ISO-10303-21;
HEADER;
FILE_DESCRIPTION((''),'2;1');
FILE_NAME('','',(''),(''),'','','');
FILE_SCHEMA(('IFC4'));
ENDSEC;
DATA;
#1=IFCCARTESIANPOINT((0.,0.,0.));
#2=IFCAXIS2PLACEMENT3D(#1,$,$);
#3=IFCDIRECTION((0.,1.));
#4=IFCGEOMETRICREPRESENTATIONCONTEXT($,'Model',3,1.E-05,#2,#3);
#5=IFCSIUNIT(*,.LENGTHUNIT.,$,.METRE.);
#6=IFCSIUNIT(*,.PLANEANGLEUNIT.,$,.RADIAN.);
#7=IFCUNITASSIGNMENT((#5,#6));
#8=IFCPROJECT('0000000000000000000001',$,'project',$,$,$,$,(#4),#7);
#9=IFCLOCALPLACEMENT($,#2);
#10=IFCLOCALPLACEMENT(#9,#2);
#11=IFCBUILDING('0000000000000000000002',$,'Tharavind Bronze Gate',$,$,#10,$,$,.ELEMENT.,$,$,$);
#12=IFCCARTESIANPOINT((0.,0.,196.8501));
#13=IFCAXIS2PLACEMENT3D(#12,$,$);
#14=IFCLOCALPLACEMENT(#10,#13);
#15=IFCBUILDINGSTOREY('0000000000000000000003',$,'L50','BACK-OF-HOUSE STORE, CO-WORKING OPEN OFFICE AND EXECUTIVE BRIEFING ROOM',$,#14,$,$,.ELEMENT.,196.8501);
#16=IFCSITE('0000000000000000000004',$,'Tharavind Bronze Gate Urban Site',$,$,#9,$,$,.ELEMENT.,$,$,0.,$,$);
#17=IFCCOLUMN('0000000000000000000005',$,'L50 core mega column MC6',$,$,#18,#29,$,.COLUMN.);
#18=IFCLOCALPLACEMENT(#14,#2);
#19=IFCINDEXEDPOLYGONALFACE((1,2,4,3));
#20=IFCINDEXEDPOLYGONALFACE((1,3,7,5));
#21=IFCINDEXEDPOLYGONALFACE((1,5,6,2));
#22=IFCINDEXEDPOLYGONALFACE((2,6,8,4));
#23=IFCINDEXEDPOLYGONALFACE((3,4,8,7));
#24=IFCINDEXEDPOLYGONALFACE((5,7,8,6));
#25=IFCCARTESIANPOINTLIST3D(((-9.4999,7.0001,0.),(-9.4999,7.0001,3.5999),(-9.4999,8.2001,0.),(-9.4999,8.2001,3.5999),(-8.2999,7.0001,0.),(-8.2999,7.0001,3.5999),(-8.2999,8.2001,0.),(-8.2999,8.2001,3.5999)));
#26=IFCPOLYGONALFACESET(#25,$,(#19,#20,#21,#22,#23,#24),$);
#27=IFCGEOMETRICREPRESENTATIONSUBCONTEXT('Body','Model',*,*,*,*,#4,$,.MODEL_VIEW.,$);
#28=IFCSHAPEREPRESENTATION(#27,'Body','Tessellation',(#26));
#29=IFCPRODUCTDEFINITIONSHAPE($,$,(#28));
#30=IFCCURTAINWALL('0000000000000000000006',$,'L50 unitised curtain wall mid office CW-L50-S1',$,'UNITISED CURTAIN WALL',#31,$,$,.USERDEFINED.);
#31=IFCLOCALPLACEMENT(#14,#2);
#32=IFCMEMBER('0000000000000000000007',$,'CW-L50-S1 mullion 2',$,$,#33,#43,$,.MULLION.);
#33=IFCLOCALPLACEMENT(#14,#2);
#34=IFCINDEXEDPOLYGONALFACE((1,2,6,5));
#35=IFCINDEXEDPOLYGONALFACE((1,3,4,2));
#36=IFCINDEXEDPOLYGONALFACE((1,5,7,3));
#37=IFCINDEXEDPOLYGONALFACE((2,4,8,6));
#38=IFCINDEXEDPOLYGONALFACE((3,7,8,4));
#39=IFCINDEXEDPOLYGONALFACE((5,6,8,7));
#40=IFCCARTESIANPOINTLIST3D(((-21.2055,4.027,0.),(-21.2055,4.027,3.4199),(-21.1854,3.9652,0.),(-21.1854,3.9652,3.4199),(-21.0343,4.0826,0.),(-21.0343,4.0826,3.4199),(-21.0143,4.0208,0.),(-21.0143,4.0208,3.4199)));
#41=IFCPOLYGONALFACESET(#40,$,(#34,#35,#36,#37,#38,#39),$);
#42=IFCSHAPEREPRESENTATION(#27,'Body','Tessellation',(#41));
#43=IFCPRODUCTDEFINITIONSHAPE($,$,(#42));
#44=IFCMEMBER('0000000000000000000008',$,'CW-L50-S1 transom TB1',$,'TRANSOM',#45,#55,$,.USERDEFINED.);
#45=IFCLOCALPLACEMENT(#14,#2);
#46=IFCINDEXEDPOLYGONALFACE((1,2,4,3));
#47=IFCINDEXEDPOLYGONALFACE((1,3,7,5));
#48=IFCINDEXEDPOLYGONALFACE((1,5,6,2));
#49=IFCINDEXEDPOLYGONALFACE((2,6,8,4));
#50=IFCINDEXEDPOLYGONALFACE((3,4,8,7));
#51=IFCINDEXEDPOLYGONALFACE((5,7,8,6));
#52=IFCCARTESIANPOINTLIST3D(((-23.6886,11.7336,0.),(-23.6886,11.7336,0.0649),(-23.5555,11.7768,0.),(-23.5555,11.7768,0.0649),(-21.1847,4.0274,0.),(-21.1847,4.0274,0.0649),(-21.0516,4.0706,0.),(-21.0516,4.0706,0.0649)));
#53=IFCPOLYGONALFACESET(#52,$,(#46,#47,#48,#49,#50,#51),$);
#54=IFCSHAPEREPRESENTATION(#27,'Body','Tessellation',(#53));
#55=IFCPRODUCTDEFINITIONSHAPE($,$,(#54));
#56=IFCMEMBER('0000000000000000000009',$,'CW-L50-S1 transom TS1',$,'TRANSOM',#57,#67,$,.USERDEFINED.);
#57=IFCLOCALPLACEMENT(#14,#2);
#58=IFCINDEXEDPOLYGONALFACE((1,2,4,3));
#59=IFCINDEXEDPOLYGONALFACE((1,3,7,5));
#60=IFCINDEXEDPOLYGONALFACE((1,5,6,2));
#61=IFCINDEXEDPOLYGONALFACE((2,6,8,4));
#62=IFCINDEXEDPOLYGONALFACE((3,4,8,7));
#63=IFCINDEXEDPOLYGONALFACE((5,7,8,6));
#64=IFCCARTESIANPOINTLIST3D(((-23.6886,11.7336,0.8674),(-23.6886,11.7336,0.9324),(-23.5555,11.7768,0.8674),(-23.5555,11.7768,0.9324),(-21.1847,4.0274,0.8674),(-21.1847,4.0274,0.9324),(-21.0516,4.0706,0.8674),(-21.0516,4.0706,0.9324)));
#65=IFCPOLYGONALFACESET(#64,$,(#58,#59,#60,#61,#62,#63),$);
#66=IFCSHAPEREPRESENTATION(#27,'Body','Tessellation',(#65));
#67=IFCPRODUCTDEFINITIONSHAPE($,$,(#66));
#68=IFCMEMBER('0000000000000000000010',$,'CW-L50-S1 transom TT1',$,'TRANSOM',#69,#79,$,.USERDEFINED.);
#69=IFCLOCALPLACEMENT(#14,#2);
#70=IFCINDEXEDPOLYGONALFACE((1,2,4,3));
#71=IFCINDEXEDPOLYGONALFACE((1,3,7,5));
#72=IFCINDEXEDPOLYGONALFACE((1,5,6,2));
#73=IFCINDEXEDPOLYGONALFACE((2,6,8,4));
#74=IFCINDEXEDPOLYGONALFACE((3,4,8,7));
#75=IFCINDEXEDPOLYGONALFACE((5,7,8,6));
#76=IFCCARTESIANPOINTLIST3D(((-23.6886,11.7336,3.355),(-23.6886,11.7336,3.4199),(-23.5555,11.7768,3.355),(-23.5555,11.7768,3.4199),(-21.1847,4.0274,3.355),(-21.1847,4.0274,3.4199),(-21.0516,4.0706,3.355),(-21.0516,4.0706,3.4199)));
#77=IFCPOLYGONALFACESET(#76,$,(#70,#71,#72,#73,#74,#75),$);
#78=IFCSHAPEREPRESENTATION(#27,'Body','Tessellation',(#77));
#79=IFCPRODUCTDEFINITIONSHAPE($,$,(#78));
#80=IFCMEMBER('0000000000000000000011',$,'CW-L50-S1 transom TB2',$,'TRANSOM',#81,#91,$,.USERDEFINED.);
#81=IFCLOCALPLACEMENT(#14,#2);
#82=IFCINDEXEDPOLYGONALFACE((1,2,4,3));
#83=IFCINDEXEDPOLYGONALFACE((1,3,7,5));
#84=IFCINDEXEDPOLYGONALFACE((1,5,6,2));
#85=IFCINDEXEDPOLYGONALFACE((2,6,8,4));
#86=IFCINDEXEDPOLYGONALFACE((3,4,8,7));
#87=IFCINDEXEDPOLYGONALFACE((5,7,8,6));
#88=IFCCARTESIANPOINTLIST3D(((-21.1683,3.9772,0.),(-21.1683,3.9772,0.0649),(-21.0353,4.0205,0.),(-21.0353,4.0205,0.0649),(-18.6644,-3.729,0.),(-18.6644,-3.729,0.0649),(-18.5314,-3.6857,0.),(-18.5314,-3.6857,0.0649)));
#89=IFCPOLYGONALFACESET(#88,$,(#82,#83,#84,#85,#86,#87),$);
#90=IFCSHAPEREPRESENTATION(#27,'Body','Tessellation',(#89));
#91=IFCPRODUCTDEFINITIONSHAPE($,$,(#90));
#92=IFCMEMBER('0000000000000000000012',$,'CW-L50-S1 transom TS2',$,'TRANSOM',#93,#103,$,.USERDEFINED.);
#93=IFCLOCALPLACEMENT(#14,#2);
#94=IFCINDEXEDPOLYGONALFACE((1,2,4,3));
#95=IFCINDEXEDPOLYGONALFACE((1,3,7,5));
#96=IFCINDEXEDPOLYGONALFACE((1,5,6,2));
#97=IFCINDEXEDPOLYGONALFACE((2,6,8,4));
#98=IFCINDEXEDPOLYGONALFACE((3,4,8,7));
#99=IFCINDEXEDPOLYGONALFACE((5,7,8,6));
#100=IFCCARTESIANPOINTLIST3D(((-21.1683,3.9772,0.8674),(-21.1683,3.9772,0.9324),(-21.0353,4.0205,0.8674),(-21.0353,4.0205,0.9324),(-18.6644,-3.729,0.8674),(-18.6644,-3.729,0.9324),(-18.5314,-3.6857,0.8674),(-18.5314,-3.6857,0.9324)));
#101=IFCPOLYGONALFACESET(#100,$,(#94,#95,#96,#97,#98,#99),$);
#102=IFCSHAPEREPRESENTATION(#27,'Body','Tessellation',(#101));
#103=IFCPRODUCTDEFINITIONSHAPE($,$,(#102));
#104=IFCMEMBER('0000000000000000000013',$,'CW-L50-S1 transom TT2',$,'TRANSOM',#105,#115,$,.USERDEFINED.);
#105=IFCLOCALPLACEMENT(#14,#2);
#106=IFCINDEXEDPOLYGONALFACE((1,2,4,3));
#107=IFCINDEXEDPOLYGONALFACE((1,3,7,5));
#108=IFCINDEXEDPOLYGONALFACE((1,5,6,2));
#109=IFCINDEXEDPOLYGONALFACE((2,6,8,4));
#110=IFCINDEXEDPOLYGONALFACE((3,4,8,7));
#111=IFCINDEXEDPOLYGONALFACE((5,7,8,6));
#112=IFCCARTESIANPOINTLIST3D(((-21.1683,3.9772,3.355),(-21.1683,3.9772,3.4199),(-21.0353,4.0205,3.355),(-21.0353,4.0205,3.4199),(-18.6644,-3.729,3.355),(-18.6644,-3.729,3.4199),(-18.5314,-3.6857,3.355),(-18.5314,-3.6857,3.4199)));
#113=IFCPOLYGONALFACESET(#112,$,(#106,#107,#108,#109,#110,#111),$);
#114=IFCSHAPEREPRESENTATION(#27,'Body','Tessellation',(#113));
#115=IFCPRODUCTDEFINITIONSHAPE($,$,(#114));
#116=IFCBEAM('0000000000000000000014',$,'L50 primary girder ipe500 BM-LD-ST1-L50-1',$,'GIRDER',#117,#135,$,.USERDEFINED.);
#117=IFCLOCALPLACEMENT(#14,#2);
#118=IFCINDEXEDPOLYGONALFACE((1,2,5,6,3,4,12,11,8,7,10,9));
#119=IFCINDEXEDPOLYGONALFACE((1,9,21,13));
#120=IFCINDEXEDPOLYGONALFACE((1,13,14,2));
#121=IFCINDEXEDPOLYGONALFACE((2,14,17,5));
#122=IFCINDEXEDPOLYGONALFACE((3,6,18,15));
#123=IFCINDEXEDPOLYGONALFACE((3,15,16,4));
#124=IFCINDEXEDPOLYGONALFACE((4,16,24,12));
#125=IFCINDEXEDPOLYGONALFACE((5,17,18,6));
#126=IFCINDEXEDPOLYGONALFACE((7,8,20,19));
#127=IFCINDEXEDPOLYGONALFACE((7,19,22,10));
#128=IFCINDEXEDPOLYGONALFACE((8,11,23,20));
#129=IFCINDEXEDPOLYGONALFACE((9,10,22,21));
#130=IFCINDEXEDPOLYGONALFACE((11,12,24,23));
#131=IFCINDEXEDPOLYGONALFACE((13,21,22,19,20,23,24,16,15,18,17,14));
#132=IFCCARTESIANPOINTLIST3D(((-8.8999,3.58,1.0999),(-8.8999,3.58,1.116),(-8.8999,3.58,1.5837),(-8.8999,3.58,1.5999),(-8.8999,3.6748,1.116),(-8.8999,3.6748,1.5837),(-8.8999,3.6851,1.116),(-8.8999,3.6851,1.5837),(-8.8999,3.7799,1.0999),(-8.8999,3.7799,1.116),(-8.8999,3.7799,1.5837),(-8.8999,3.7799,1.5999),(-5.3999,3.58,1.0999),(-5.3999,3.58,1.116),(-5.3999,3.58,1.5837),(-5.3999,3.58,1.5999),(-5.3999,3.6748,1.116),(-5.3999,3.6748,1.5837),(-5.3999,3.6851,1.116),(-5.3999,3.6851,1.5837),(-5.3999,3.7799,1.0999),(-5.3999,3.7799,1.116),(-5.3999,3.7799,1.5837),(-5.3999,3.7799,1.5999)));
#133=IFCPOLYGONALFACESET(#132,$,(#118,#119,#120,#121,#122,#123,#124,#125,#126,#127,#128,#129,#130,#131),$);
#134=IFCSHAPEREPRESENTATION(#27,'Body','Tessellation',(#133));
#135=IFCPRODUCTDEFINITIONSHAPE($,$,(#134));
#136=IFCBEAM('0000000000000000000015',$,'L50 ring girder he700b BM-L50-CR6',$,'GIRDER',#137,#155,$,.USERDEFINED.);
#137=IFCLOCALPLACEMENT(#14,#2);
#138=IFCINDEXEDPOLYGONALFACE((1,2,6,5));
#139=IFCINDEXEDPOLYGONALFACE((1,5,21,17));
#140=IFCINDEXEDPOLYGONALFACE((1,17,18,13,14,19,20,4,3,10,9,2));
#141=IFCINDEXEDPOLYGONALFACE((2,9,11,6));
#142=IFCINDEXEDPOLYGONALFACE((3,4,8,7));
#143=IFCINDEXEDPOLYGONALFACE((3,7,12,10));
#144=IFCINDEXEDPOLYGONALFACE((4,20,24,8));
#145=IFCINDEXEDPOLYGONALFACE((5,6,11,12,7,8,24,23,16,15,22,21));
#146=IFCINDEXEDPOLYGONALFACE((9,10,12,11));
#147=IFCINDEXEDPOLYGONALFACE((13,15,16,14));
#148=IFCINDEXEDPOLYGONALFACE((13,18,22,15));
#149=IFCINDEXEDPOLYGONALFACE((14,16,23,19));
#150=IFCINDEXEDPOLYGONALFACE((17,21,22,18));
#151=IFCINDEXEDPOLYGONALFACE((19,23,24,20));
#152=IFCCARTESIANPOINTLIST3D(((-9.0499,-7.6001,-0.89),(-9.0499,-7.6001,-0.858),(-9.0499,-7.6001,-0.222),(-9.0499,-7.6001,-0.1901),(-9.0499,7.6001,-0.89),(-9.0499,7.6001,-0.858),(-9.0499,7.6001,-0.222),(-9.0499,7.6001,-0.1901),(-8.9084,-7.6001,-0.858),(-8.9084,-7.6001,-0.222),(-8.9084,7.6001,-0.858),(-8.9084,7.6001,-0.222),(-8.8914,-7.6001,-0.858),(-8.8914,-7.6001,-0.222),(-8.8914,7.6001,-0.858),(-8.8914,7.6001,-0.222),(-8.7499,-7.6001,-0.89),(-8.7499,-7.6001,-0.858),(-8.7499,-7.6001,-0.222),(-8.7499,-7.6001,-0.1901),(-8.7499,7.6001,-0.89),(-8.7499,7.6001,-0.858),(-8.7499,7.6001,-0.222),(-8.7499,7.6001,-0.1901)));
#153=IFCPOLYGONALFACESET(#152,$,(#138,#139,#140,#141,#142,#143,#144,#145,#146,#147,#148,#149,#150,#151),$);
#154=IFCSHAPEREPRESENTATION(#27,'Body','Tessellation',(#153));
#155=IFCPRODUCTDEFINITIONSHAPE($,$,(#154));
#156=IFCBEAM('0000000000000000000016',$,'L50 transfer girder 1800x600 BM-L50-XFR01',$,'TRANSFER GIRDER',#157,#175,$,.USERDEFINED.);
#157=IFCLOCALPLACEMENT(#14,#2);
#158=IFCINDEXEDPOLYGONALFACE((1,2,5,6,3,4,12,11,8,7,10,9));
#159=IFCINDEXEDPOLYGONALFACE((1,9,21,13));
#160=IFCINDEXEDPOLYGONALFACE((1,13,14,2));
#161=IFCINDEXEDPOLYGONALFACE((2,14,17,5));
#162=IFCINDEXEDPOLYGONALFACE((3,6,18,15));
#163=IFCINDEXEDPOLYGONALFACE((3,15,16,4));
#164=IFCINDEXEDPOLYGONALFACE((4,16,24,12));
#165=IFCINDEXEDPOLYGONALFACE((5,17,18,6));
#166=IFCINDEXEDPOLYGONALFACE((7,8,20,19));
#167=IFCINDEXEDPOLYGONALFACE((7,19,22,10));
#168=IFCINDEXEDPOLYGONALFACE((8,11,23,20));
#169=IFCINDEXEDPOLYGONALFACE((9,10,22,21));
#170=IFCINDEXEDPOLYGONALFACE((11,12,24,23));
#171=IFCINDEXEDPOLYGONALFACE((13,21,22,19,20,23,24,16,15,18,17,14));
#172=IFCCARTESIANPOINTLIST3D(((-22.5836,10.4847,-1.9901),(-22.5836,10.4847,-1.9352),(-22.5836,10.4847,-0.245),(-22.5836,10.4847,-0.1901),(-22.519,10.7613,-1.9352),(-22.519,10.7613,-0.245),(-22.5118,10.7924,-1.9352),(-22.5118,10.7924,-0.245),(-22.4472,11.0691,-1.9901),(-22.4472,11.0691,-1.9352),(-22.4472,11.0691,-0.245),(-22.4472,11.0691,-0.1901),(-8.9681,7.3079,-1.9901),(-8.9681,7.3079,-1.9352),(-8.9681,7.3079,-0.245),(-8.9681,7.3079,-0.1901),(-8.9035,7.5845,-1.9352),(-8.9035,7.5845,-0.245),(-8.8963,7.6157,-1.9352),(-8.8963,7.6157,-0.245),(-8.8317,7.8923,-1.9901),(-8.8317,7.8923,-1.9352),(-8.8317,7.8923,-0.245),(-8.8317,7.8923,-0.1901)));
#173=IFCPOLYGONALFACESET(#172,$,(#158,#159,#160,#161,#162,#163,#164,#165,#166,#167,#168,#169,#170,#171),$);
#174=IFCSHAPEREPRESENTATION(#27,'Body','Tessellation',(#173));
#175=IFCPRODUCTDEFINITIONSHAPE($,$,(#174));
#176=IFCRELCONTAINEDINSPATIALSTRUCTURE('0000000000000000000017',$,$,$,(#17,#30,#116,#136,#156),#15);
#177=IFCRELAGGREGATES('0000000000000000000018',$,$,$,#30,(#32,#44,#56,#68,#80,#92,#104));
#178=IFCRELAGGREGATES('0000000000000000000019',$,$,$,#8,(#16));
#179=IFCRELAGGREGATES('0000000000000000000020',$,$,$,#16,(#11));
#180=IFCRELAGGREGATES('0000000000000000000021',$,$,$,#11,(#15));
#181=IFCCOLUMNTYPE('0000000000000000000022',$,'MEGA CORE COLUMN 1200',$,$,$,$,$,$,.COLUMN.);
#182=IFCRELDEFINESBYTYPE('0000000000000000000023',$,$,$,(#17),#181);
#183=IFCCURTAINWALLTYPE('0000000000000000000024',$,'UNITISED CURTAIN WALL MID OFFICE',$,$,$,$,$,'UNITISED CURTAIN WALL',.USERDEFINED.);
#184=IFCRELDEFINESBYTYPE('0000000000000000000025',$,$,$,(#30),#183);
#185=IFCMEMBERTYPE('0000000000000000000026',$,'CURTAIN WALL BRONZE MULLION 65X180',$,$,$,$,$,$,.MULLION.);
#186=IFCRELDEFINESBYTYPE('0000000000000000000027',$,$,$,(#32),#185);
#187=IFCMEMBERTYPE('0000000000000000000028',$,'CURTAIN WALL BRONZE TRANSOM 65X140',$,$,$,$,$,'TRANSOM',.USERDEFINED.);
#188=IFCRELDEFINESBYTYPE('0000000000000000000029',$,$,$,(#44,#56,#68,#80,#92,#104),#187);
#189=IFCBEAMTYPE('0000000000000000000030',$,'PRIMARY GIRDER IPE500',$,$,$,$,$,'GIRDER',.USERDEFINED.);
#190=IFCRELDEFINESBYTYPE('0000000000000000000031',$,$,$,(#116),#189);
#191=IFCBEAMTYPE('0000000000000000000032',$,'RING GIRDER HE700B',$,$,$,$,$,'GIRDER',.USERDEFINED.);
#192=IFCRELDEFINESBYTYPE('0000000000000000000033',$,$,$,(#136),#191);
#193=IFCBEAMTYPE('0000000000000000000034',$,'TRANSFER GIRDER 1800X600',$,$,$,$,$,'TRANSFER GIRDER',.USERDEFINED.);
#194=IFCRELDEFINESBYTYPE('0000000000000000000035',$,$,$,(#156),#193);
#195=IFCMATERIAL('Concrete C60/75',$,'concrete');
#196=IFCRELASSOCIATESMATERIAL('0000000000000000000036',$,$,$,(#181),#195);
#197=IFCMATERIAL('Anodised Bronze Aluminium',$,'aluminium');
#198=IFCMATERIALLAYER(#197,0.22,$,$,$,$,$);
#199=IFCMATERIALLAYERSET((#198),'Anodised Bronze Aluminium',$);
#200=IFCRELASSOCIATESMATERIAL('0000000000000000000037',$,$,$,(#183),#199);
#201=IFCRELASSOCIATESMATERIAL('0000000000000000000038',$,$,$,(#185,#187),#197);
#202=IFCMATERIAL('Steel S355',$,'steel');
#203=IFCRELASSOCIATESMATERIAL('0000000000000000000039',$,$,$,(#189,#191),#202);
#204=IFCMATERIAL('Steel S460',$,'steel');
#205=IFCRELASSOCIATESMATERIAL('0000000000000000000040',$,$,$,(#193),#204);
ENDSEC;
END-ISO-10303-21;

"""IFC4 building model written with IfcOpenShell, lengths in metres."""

from ifc_helpers import new_model, si_unit, direction, frame, origin, origin_2d, place, context, subcontext, project, spatial, rectangle, i_section, extrude, material, layer, layer_set, material_profile, profile_set, type_object, element, aggregate, save


model = new_model("IFC4")

# Units and contexts
model_context = context("Model", 3, precision=1e-05, world=origin(), true_north=direction((0.0, 1.0)))
body_context = subcontext(model_context, "Body", "Model", "MODEL_VIEW")
ifc_project = project(units=[si_unit("LENGTHUNIT", "METRE"), si_unit("PLANEANGLEUNIT", "RADIAN")], contexts=[model_context])

# Site, building, storey
site_placement = place(None, origin())
site = spatial("IfcSite", under=ifc_project, at=site_placement, Name="Tharavind Bronze Gate Urban Site", CompositionType="ELEMENT", RefElevation=0.0)
building_placement = place(site_placement, origin())
building = spatial("IfcBuilding", under=site, at=building_placement, Name="Tharavind Bronze Gate", CompositionType="ELEMENT")
storey_placement = place(building_placement, frame((0.0, 0.0, 196.8501)))
storey = spatial("IfcBuildingStorey", under=building, at=storey_placement, Name="L50", Description="BACK-OF-HOUSE STORE, CO-WORKING OPEN OFFICE AND EXECUTIVE BRIEFING ROOM", CompositionType="ELEMENT", Elevation=196.8501)

# Column
ifc_material_1 = material(Name="Concrete C60/75", Category="concrete")
ifc_material_profile_1 = material_profile(ifc_material_1, rectangle(XDim=1.2, YDim=1.2, at=origin_2d()), Name="RCCOL1200")
ifc_profile_set_1 = profile_set([ifc_material_profile_1], Name="Concrete C60/75")
column_type = type_object("IfcColumnType", Name="MEGA CORE COLUMN 1200", PredefinedType="COLUMN", material=ifc_profile_set_1)
column_placement = place(storey_placement, frame((-8.8999, 7.6001, 0.0), z_axis=(0.0, 0.0, 1.0), x_axis=(1.0, 0.0, 0.0)))
element("IfcColumn", 1, at=column_placement, inside=storey, type_object=column_type, Name="L50 core mega column MC6", PredefinedType="COLUMN", context=body_context, shape_type="SweptSolid", body=[
    extrude(rectangle(XDim=1.2, YDim=1.2, at=origin_2d()), origin(), (0.0, 0.0, 1.0), 3.5999),
])

# Curtain wall, members
ifc_material_2 = material(Name="Anodised Bronze Aluminium", Category="aluminium")
ifc_layer_1 = layer(ifc_material_2, 0.22)
ifc_layer_set_1 = layer_set([ifc_layer_1], Name="Anodised Bronze Aluminium")
curtain_wall_type = type_object("IfcCurtainWallType", Name="UNITISED CURTAIN WALL MID OFFICE", ElementType="UNITISED CURTAIN WALL", PredefinedType="USERDEFINED", material=ifc_layer_set_1)
curtain_wall_placement = place(storey_placement, origin())
curtain_wall = element("IfcCurtainWall", 2, at=curtain_wall_placement, inside=storey, type_object=curtain_wall_type, Name="L50 unitised curtain wall mid office CW-L50-S1", ObjectType="UNITISED CURTAIN WALL", PredefinedType="USERDEFINED")
member_type_1 = type_object("IfcMemberType", Name="CURTAIN WALL BRONZE MULLION 65X180", PredefinedType="MULLION", material=ifc_material_2)
member_1_placement = place(storey_placement, frame((-21.1099, 4.0239, 0.0), z_axis=(0.0, 0.0, 1.0), x_axis=(0.309017, -0.951057, 0.0)))
member_1 = element("IfcMember", 3, at=member_1_placement, type_object=member_type_1, Name="CW-L50-S1 mullion 2", PredefinedType="MULLION", context=body_context, shape_type="SweptSolid", body=[
    extrude(rectangle(XDim=0.0649, YDim=0.1799, at=origin_2d()), origin(), (0.0, 0.0, 1.0), 3.4199),
])
member_type_2 = type_object("IfcMemberType", Name="CURTAIN WALL BRONZE TRANSOM 65X140", ElementType="TRANSOM", PredefinedType="USERDEFINED", material=ifc_material_2)
member_2_placement = place(storey_placement, frame((-22.3701, 7.9021, 0.0), z_axis=(0.0, 0.0, 1.0), x_axis=(0.309017, -0.951057, 0.0)))
member_2 = element("IfcMember", 4, at=member_2_placement, type_object=member_type_2, Name="CW-L50-S1 transom TB1", ObjectType="TRANSOM", PredefinedType="USERDEFINED", context=body_context, shape_type="SweptSolid", body=[
    extrude(rectangle(XDim=8.1028, YDim=0.1399, at=origin_2d()), origin(), (0.0, 0.0, 1.0), 0.0649),
])
member_3_placement = place(storey_placement, frame((-22.3701, 7.9021, 0.8674), z_axis=(0.0, 0.0, 1.0), x_axis=(0.309017, -0.951057, 0.0)))
member_3 = element("IfcMember", 5, at=member_3_placement, type_object=member_type_2, Name="CW-L50-S1 transom TS1", ObjectType="TRANSOM", PredefinedType="USERDEFINED", context=body_context, shape_type="SweptSolid", body=[
    extrude(rectangle(XDim=8.1028, YDim=0.1399, at=origin_2d()), origin(), (0.0, 0.0, 1.0), 0.0649),
])
member_4_placement = place(storey_placement, frame((-22.3701, 7.9021, 3.355), z_axis=(0.0, 0.0, 1.0), x_axis=(0.309017, -0.951057, 0.0)))
member_4 = element("IfcMember", 6, at=member_4_placement, type_object=member_type_2, Name="CW-L50-S1 transom TT1", ObjectType="TRANSOM", PredefinedType="USERDEFINED", context=body_context, shape_type="SweptSolid", body=[
    extrude(rectangle(XDim=8.1028, YDim=0.1399, at=origin_2d()), origin(), (0.0, 0.0, 1.0), 0.0649),
])
member_5_placement = place(storey_placement, frame((-19.8499, 0.1458, 0.0), z_axis=(0.0, 0.0, 1.0), x_axis=(0.309017, -0.951057, 0.0)))
member_5 = element("IfcMember", 7, at=member_5_placement, type_object=member_type_2, Name="CW-L50-S1 transom TB2", ObjectType="TRANSOM", PredefinedType="USERDEFINED", context=body_context, shape_type="SweptSolid", body=[
    extrude(rectangle(XDim=8.1028, YDim=0.1399, at=origin_2d()), origin(), (0.0, 0.0, 1.0), 0.0649),
])
member_6_placement = place(storey_placement, frame((-19.8499, 0.1458, 0.8674), z_axis=(0.0, 0.0, 1.0), x_axis=(0.309017, -0.951057, 0.0)))
member_6 = element("IfcMember", 8, at=member_6_placement, type_object=member_type_2, Name="CW-L50-S1 transom TS2", ObjectType="TRANSOM", PredefinedType="USERDEFINED", context=body_context, shape_type="SweptSolid", body=[
    extrude(rectangle(XDim=8.1028, YDim=0.1399, at=origin_2d()), origin(), (0.0, 0.0, 1.0), 0.0649),
])
member_7_placement = place(storey_placement, frame((-19.8499, 0.1458, 3.355), z_axis=(0.0, 0.0, 1.0), x_axis=(0.309017, -0.951057, 0.0)))
member_7 = element("IfcMember", 9, at=member_7_placement, type_object=member_type_2, Name="CW-L50-S1 transom TT2", ObjectType="TRANSOM", PredefinedType="USERDEFINED", context=body_context, shape_type="SweptSolid", body=[
    extrude(rectangle(XDim=8.1028, YDim=0.1399, at=origin_2d()), origin(), (0.0, 0.0, 1.0), 0.0649),
])

# Beams
ifc_material_3 = material(Name="Steel S355", Category="steel")
ifc_material_profile_2 = material_profile(ifc_material_3, i_section(OverallWidth=0.2, OverallDepth=0.5, WebThickness=0.0103, FlangeThickness=0.0161, at=origin_2d()), Name="IPE500")
ifc_profile_set_2 = profile_set([ifc_material_profile_2], Name="Steel S355")
beam_type_1 = type_object("IfcBeamType", Name="PRIMARY GIRDER IPE500", ElementType="GIRDER", PredefinedType="USERDEFINED", material=ifc_profile_set_2)
beam_1_placement = place(storey_placement, frame((-8.8999, 3.6799, 1.3499), z_axis=(1.0, 0.0, 0.0), x_axis=(0.0, 1.0, 0.0)))
element("IfcBeam", 10, at=beam_1_placement, inside=storey, type_object=beam_type_1, Name="L50 primary girder ipe500 BM-LD-ST1-L50-1", ObjectType="GIRDER", PredefinedType="USERDEFINED", context=body_context, shape_type="SweptSolid", body=[
    extrude(i_section(OverallWidth=0.2, OverallDepth=0.5, WebThickness=0.0103, FlangeThickness=0.0161, at=origin_2d()), origin(), (0.0, 0.0, 1.0), 3.5),
])
ifc_material_profile_3 = material_profile(ifc_material_3, i_section(OverallWidth=0.3, OverallDepth=0.7, WebThickness=0.0171, FlangeThickness=0.032, at=origin_2d()), Name="HE700B")
ifc_profile_set_3 = profile_set([ifc_material_profile_3], Name="Steel S355")
beam_type_2 = type_object("IfcBeamType", Name="RING GIRDER HE700B", ElementType="GIRDER", PredefinedType="USERDEFINED", material=ifc_profile_set_3)
beam_2_placement = place(storey_placement, frame((-8.8999, 7.6001, -0.54), z_axis=(0.0, -1.0, 0.0), x_axis=(1.0, 0.0, 0.0)))
element("IfcBeam", 11, at=beam_2_placement, inside=storey, type_object=beam_type_2, Name="L50 ring girder he700b BM-L50-CR6", ObjectType="GIRDER", PredefinedType="USERDEFINED", context=body_context, shape_type="SweptSolid", body=[
    extrude(i_section(OverallWidth=0.3, OverallDepth=0.7, WebThickness=0.0171, FlangeThickness=0.032, at=origin_2d()), origin(), (0.0, 0.0, 1.0), 15.2002),
])
ifc_material_4 = material(Name="Steel S460", Category="steel")
ifc_material_profile_4 = material_profile(ifc_material_4, i_section(OverallWidth=0.6001, OverallDepth=1.8, WebThickness=0.032, FlangeThickness=0.0549, at=origin_2d()), Name="PG1800X600")
ifc_profile_set_4 = profile_set([ifc_material_profile_4], Name="Steel S460")
beam_type_3 = type_object("IfcBeamType", Name="TRANSFER GIRDER 1800X600", ElementType="TRANSFER GIRDER", PredefinedType="USERDEFINED", material=ifc_profile_set_4)
beam_3_placement = place(storey_placement, frame((-8.8999, 7.6001, -1.0901), z_axis=(-0.973844, 0.227217, 0.0), x_axis=(-0.227217, -0.973844, 0.0)))
element("IfcBeam", 12, at=beam_3_placement, inside=storey, type_object=beam_type_3, Name="L50 transfer girder 1800x600 BM-L50-XFR01", ObjectType="TRANSFER GIRDER", PredefinedType="USERDEFINED", context=body_context, shape_type="SweptSolid", body=[
    extrude(i_section(OverallWidth=0.6001, OverallDepth=1.8, WebThickness=0.032, FlangeThickness=0.0549, at=origin_2d()), origin(), (0.0, 0.0, 1.0), 13.9812),
])

aggregate(curtain_wall, [member_1, member_2, member_3, member_4, member_5, member_6, member_7])

save(model, "model.ifc")
